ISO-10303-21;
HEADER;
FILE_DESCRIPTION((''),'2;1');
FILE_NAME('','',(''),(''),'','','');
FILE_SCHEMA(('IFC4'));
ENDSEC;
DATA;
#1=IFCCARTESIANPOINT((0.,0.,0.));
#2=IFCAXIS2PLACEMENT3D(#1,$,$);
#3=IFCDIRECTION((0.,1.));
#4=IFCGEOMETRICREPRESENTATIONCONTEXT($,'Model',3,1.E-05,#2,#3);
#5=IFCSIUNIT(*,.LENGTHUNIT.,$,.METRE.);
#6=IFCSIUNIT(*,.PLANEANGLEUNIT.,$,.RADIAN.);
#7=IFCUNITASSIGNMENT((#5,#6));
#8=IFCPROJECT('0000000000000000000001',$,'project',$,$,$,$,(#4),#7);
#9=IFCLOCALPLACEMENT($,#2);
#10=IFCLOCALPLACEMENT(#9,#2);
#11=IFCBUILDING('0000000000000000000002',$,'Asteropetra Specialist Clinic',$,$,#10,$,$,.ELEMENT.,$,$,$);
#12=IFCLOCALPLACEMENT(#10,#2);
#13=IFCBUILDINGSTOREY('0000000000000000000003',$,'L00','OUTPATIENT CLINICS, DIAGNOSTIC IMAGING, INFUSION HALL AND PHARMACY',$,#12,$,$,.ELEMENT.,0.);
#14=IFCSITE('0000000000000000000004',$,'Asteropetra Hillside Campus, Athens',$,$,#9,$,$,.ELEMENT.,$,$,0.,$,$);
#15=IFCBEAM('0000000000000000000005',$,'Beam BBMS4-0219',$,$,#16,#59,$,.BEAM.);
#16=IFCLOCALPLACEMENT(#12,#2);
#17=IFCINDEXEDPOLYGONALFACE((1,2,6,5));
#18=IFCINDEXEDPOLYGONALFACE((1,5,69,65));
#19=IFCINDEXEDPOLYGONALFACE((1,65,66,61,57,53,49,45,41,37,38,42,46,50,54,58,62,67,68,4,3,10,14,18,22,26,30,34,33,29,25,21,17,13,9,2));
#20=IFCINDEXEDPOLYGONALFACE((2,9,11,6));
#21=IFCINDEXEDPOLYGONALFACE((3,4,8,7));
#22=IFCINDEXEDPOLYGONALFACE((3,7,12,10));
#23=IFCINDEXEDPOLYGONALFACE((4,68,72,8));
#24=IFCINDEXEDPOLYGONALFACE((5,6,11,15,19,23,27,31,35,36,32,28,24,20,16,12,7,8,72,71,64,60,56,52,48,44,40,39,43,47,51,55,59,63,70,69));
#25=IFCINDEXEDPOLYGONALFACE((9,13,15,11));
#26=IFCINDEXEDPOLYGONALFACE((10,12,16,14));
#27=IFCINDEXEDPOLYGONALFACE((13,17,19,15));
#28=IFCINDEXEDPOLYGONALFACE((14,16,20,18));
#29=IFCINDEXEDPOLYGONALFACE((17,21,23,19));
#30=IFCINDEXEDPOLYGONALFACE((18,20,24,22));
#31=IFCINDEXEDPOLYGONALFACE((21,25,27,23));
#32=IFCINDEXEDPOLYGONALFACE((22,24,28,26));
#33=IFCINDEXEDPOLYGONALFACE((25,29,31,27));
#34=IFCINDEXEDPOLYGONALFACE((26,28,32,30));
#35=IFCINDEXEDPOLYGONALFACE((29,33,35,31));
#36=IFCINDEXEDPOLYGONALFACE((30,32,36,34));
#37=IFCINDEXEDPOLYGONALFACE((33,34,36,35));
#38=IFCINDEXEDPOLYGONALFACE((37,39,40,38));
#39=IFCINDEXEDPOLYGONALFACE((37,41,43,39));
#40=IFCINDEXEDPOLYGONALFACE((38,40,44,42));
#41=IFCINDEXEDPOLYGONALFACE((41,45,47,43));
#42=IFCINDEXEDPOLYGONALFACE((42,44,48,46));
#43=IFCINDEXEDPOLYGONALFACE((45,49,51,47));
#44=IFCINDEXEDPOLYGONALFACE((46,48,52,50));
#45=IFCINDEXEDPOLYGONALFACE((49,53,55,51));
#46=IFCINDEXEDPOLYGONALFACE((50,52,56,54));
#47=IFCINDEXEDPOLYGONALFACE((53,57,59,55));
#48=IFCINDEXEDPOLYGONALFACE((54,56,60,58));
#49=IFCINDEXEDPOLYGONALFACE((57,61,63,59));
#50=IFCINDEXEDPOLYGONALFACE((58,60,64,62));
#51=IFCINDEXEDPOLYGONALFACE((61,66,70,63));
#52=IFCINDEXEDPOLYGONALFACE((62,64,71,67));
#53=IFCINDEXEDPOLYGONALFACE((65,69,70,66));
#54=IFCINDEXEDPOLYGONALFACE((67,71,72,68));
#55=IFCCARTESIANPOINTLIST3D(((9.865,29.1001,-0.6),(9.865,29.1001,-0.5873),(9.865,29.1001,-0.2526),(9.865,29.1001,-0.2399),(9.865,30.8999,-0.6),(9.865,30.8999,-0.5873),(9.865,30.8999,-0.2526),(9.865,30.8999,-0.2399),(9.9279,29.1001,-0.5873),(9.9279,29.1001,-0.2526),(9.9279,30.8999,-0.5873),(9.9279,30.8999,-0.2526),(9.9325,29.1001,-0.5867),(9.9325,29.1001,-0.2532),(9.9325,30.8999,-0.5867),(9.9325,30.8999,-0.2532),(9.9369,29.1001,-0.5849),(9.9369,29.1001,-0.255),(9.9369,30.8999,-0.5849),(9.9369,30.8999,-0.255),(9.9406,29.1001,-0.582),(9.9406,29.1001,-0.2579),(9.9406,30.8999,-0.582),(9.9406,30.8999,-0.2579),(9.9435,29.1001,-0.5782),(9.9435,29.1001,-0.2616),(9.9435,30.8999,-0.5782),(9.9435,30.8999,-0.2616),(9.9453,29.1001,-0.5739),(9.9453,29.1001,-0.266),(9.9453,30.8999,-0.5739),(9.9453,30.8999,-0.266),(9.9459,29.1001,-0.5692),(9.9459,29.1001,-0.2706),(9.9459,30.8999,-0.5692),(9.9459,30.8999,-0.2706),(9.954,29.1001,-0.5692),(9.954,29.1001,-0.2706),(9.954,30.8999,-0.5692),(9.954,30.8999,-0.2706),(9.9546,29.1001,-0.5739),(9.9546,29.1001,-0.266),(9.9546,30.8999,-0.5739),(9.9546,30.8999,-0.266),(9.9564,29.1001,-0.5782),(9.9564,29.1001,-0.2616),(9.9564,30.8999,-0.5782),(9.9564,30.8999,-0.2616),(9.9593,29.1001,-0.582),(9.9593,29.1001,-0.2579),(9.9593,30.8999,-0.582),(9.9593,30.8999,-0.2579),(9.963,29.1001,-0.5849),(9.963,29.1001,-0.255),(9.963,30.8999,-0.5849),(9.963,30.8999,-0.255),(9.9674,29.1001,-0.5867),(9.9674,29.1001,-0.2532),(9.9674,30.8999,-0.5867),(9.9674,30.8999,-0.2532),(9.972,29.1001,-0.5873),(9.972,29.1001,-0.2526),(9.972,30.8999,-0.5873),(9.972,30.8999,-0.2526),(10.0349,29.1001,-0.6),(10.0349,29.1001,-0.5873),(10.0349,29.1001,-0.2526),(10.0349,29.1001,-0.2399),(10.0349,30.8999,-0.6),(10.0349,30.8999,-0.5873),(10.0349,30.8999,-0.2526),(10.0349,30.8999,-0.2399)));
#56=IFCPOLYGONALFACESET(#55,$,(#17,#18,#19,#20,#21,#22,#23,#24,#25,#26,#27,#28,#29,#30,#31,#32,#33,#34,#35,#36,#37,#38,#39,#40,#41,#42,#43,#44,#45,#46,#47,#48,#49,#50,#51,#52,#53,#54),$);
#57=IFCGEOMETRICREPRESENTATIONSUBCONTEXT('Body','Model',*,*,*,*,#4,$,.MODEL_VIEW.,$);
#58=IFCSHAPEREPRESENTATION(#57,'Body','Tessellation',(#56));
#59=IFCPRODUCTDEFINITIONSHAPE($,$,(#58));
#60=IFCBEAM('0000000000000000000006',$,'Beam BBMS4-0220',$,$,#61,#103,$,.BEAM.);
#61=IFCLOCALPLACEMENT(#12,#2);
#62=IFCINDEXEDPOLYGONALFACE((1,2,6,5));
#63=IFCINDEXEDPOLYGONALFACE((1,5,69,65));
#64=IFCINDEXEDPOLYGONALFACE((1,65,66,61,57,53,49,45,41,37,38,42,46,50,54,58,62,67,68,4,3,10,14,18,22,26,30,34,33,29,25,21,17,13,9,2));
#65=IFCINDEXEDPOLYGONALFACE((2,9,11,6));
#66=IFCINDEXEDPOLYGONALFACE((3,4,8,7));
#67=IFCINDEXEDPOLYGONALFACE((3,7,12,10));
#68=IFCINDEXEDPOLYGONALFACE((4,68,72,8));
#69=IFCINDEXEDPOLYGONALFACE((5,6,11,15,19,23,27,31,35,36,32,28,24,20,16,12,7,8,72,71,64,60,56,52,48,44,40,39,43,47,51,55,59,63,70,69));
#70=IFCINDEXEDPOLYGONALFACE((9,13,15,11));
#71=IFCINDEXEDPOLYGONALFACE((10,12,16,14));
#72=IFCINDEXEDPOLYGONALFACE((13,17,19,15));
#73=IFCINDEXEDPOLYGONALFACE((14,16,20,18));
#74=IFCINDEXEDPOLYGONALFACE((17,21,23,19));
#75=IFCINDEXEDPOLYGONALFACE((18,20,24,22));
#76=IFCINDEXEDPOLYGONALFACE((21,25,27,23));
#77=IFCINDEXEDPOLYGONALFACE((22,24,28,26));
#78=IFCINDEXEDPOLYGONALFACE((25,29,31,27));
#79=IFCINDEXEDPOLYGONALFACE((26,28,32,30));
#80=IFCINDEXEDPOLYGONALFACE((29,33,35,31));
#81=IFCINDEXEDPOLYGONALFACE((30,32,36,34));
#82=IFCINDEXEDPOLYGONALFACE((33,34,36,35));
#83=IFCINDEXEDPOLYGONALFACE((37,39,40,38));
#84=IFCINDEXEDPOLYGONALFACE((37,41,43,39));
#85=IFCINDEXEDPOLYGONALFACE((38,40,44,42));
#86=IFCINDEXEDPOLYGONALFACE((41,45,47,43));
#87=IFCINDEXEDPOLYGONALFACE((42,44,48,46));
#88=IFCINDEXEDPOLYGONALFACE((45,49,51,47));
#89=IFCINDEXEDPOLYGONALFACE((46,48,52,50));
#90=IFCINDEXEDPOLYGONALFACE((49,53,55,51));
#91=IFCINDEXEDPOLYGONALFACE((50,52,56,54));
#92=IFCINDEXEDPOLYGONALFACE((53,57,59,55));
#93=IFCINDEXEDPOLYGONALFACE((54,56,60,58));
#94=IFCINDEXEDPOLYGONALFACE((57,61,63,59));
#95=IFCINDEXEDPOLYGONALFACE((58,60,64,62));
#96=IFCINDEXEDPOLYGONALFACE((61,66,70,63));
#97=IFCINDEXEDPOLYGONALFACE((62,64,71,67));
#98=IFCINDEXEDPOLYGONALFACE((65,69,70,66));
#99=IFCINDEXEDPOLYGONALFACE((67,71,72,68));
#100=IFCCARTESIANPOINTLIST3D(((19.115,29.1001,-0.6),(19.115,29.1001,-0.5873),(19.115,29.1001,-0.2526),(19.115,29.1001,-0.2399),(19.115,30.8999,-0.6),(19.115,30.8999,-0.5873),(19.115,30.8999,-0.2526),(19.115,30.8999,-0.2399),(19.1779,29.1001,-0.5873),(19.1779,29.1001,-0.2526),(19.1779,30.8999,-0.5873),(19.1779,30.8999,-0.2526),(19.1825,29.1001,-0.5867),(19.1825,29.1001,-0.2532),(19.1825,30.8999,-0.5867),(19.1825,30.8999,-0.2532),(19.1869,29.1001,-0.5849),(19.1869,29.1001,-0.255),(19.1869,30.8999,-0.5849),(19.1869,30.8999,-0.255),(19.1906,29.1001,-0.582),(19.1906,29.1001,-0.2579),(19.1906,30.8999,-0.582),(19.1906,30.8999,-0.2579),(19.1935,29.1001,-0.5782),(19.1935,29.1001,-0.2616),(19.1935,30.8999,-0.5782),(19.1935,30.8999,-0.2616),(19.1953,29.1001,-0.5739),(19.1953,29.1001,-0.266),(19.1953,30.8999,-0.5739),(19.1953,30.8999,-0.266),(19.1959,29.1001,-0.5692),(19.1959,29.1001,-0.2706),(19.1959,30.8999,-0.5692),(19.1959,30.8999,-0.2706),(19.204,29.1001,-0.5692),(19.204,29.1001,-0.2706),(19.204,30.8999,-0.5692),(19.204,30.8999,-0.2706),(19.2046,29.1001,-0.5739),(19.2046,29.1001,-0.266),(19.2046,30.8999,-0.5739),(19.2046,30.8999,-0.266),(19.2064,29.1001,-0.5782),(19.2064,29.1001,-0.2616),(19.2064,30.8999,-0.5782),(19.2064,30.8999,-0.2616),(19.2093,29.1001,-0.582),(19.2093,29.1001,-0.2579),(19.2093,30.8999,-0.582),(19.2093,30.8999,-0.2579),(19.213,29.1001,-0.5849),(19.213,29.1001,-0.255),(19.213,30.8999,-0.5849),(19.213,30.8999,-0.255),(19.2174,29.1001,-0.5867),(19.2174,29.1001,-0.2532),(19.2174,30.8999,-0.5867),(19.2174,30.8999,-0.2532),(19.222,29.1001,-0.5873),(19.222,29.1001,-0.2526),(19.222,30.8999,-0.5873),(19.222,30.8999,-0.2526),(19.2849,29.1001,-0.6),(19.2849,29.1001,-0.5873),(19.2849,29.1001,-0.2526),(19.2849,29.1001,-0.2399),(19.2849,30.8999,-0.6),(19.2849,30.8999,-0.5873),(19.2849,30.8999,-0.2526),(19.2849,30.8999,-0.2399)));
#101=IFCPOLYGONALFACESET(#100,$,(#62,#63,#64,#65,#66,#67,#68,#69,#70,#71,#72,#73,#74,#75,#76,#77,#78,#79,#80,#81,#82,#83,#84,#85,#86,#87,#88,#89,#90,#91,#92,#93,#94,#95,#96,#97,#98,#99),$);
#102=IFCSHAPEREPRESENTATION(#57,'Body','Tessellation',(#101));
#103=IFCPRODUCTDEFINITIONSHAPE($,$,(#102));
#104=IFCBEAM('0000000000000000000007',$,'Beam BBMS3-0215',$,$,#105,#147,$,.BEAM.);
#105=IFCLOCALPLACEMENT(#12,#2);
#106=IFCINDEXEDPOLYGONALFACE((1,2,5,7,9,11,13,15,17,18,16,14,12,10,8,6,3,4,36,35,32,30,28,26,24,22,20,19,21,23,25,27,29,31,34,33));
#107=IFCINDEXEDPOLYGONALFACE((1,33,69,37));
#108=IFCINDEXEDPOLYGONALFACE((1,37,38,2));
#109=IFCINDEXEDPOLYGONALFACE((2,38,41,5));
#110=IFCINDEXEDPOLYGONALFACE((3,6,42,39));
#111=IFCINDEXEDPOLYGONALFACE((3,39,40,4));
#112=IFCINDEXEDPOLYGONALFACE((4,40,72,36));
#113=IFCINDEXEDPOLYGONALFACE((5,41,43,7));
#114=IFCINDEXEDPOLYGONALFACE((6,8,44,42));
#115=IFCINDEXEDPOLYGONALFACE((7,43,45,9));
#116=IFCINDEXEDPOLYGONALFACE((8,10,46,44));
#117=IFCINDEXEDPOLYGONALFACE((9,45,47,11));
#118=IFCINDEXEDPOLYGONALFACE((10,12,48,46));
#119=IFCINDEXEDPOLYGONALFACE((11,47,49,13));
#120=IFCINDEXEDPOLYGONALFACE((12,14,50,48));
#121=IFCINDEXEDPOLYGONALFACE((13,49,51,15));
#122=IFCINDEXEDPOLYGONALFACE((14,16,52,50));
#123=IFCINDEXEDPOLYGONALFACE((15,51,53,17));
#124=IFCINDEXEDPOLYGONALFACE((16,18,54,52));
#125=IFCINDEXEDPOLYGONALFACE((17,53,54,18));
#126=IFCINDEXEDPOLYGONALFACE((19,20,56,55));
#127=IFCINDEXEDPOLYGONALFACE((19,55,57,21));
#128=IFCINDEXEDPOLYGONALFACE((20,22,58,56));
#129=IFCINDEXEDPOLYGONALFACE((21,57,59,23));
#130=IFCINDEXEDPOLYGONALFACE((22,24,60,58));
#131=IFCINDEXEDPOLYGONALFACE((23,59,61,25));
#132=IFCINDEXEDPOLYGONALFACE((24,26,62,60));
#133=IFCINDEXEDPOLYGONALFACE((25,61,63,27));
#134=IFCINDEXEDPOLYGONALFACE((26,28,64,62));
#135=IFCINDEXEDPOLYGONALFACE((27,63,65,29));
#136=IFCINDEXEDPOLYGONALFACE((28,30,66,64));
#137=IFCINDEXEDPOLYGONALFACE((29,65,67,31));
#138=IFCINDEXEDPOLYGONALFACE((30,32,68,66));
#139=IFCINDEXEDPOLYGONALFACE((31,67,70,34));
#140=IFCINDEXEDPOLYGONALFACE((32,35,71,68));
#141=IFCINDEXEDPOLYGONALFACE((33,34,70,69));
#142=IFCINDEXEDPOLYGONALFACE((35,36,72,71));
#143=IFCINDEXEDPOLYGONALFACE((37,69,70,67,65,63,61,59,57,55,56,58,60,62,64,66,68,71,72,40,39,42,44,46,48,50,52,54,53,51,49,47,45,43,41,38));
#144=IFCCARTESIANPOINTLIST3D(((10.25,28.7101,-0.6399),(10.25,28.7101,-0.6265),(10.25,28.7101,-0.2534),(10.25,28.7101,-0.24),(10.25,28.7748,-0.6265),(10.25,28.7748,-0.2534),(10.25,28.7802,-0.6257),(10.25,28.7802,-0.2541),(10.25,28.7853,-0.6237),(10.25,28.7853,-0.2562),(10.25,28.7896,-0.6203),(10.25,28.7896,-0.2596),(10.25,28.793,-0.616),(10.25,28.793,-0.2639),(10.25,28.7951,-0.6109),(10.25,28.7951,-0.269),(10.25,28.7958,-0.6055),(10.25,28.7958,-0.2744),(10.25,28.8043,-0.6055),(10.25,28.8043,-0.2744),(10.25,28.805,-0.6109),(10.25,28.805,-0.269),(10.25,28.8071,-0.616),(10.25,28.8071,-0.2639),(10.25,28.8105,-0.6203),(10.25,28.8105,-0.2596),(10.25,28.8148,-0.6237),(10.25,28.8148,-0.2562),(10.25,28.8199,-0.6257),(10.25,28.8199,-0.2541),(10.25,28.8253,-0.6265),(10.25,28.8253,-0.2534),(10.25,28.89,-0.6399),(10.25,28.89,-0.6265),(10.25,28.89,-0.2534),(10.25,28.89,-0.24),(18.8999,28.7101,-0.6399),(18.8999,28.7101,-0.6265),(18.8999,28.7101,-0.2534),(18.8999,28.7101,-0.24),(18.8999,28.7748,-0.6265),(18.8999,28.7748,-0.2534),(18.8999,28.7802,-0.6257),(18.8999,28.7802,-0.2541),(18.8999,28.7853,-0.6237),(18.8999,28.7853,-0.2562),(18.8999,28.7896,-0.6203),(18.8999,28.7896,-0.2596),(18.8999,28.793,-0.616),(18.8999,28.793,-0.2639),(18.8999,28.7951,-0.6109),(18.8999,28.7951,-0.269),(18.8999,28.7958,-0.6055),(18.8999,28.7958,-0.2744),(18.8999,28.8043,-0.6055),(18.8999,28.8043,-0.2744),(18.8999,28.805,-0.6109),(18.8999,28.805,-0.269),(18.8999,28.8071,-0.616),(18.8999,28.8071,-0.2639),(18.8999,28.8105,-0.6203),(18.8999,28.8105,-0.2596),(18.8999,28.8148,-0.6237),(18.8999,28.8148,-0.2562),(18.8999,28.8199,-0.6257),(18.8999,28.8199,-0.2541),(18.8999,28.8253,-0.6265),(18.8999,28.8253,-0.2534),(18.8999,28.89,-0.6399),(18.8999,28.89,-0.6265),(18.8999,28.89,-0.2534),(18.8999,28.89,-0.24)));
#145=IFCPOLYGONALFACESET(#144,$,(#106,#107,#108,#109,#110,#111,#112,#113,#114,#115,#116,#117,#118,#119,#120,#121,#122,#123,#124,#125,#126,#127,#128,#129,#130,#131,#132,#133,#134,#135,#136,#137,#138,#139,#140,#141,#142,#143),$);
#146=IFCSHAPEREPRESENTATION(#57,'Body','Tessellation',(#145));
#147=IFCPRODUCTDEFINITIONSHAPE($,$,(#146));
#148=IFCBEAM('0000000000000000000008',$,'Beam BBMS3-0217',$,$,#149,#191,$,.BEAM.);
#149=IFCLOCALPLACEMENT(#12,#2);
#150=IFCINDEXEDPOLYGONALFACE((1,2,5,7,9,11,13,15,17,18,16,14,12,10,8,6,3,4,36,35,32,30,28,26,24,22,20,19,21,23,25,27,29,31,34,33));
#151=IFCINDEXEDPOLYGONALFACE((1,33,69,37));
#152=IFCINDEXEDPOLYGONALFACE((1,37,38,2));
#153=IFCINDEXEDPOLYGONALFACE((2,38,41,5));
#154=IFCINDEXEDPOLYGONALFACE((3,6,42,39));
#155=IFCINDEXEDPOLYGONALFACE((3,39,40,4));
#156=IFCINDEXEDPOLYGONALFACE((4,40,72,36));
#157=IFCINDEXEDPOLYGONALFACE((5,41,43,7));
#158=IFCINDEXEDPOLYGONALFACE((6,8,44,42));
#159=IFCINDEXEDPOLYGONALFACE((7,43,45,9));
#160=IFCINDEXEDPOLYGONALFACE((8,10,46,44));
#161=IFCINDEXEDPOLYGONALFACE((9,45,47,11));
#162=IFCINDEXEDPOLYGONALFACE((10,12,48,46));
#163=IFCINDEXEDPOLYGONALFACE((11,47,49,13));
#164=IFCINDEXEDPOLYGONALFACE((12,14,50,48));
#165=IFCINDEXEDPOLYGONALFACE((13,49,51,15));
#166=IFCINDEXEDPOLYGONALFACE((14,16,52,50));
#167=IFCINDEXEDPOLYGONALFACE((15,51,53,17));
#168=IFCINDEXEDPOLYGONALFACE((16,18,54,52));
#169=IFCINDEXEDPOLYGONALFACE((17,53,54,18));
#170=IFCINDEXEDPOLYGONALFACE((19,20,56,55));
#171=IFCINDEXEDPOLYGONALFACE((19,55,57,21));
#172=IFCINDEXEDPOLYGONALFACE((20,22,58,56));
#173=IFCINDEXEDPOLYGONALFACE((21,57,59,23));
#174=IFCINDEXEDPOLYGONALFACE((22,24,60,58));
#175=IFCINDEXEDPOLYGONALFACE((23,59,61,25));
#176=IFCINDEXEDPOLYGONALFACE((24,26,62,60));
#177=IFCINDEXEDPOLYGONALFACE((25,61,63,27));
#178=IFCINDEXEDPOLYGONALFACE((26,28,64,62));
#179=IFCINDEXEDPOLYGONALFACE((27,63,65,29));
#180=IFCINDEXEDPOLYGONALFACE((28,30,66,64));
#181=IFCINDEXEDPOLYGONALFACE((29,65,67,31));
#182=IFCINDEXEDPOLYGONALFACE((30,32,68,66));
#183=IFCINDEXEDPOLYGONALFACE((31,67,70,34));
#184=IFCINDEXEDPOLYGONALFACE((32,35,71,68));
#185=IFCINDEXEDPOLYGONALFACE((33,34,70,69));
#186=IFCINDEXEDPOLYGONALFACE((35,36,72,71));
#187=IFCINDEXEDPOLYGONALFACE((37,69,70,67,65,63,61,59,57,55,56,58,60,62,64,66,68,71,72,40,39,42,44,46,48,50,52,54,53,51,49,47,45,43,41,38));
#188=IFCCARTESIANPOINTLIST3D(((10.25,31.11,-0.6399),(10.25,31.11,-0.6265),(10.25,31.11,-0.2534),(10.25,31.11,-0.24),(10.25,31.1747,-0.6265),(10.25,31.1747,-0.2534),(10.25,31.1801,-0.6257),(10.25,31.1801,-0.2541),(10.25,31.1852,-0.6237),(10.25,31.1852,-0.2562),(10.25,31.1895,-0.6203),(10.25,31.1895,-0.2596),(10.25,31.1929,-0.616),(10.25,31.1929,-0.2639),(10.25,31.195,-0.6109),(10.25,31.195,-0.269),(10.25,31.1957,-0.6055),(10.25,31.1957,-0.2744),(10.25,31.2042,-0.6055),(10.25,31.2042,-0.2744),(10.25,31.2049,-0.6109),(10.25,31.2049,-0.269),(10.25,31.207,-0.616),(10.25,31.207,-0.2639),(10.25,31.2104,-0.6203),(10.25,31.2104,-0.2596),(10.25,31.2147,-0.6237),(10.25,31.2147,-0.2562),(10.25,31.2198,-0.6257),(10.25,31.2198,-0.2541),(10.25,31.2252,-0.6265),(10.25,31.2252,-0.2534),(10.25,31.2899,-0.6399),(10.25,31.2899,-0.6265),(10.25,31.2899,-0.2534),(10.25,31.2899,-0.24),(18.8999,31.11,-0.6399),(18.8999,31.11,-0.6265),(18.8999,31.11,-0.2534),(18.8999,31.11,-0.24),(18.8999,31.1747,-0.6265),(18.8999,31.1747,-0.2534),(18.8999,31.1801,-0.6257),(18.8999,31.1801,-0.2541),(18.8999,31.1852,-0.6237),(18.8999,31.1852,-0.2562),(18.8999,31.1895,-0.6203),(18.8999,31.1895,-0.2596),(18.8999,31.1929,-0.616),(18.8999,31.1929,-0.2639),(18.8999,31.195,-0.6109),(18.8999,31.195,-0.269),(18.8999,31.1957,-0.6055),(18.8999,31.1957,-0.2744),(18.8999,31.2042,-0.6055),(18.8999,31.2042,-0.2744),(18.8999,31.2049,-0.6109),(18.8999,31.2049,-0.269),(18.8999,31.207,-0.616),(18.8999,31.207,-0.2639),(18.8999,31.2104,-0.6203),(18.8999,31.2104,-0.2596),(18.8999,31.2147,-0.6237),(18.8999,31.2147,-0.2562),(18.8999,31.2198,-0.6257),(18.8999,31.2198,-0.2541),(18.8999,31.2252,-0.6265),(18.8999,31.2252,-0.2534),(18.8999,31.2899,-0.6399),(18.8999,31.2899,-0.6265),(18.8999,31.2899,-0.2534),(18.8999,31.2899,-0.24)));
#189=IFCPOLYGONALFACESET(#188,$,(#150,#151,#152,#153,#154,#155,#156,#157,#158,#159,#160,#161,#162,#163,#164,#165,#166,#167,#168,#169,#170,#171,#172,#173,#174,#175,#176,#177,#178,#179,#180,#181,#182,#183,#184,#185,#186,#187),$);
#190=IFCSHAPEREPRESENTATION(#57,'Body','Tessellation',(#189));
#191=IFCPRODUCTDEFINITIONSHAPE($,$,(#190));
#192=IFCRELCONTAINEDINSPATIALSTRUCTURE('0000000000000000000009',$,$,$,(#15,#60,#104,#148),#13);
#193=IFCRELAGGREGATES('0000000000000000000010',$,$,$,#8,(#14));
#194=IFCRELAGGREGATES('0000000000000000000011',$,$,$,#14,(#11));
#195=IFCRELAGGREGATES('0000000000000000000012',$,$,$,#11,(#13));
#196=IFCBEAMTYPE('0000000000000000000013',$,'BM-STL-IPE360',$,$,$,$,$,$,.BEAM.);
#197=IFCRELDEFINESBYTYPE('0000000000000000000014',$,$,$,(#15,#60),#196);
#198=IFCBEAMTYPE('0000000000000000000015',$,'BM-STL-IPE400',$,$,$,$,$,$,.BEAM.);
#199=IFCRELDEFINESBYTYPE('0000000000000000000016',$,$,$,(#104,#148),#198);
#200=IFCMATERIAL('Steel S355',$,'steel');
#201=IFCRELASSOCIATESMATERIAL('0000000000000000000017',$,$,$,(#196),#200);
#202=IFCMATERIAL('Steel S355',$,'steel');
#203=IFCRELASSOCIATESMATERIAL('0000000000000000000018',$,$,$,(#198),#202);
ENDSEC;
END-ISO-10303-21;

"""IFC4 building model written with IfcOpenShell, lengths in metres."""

from ifc_helpers import new_model, si_unit, direction, frame, origin, origin_2d, place, context, subcontext, project, spatial, i_section, extrude, material, material_profile, profile_set, type_object, element, save


model = new_model("IFC4")

# Units and contexts
model_context = context("Model", 3, precision=1e-05, world=origin(), true_north=direction((0.0, 1.0)))
body_context = subcontext(model_context, "Body", "Model", "MODEL_VIEW")
ifc_project = project(units=[si_unit("LENGTHUNIT", "METRE"), si_unit("PLANEANGLEUNIT", "RADIAN")], contexts=[model_context])

# Site, building, storey
site_placement = place(None, origin())
site = spatial("IfcSite", under=ifc_project, at=site_placement, Name="Asteropetra Hillside Campus, Athens", CompositionType="ELEMENT", RefElevation=0.0)
building_placement = place(site_placement, origin())
building = spatial("IfcBuilding", under=site, at=building_placement, Name="Asteropetra Specialist Clinic", CompositionType="ELEMENT")
storey_placement = place(building_placement, origin())
storey = spatial("IfcBuildingStorey", under=building, at=storey_placement, Name="L00", Description="OUTPATIENT CLINICS, DIAGNOSTIC IMAGING, INFUSION HALL AND PHARMACY", CompositionType="ELEMENT", Elevation=0.0)

# Beams
ifc_material_1 = material(Name="Steel S355", Category="steel")
ifc_material_profile_1 = material_profile(ifc_material_1, i_section(OverallWidth=0.1699, OverallDepth=0.3601, WebThickness=0.0081, FlangeThickness=0.0127, FilletRadius=0.0181, at=origin_2d()), Name="IPE 360")
ifc_profile_set_1 = profile_set([ifc_material_profile_1], Name="Steel S355")
beam_type_1 = type_object("IfcBeamType", Name="BM-STL-IPE360", PredefinedType="BEAM", material=ifc_profile_set_1)
for number, where, z_axis, x_axis, name in (
    (1, (9.95, 29.1001, -0.4199), (0.0, 1.0, 0.0), (-1.0, 0.0, 0.0), "Beam BBMS4-0219"),
    (2, (19.2, 29.1001, -0.4199), (0.0, 1.0, 0.0), (-1.0, 0.0, 0.0), "Beam BBMS4-0220"),
):
    element("IfcBeam", number, at=place(storey_placement, frame(where, z_axis=z_axis, x_axis=x_axis)), inside=storey, type_object=beam_type_1, Name=name, PredefinedType="BEAM", context=body_context, shape_type="SweptSolid", body=[
        extrude(i_section(OverallWidth=0.1699, OverallDepth=0.3601, WebThickness=0.0081, FlangeThickness=0.0127, FilletRadius=0.0181, at=origin_2d()), origin(), (0.0, 0.0, 1.0), 1.7998),
    ])
ifc_material_2 = material(Name="Steel S355", Category="steel")
ifc_material_profile_2 = material_profile(ifc_material_2, i_section(OverallWidth=0.1799, OverallDepth=0.3999, WebThickness=0.0085, FlangeThickness=0.0134, FilletRadius=0.021, at=origin_2d()), Name="IPE 400")
ifc_profile_set_2 = profile_set([ifc_material_profile_2], Name="Steel S355")
beam_type_2 = type_object("IfcBeamType", Name="BM-STL-IPE400", PredefinedType="BEAM", material=ifc_profile_set_2)
for number, where, z_axis, x_axis, name in (
    (3, (10.25, 28.8, -0.4399), (1.0, 0.0, 0.0), (0.0, 1.0, 0.0), "Beam BBMS3-0215"),
    (4, (10.25, 31.2, -0.4399), (1.0, 0.0, 0.0), (0.0, 1.0, 0.0), "Beam BBMS3-0217"),
):
    element("IfcBeam", number, at=place(storey_placement, frame(where, z_axis=z_axis, x_axis=x_axis)), inside=storey, type_object=beam_type_2, Name=name, PredefinedType="BEAM", context=body_context, shape_type="SweptSolid", body=[
        extrude(i_section(OverallWidth=0.1799, OverallDepth=0.3999, WebThickness=0.0085, FlangeThickness=0.0134, FilletRadius=0.021, at=origin_2d()), origin(), (0.0, 0.0, 1.0), 8.6499),
    ])

save(model, "model.ifc")
